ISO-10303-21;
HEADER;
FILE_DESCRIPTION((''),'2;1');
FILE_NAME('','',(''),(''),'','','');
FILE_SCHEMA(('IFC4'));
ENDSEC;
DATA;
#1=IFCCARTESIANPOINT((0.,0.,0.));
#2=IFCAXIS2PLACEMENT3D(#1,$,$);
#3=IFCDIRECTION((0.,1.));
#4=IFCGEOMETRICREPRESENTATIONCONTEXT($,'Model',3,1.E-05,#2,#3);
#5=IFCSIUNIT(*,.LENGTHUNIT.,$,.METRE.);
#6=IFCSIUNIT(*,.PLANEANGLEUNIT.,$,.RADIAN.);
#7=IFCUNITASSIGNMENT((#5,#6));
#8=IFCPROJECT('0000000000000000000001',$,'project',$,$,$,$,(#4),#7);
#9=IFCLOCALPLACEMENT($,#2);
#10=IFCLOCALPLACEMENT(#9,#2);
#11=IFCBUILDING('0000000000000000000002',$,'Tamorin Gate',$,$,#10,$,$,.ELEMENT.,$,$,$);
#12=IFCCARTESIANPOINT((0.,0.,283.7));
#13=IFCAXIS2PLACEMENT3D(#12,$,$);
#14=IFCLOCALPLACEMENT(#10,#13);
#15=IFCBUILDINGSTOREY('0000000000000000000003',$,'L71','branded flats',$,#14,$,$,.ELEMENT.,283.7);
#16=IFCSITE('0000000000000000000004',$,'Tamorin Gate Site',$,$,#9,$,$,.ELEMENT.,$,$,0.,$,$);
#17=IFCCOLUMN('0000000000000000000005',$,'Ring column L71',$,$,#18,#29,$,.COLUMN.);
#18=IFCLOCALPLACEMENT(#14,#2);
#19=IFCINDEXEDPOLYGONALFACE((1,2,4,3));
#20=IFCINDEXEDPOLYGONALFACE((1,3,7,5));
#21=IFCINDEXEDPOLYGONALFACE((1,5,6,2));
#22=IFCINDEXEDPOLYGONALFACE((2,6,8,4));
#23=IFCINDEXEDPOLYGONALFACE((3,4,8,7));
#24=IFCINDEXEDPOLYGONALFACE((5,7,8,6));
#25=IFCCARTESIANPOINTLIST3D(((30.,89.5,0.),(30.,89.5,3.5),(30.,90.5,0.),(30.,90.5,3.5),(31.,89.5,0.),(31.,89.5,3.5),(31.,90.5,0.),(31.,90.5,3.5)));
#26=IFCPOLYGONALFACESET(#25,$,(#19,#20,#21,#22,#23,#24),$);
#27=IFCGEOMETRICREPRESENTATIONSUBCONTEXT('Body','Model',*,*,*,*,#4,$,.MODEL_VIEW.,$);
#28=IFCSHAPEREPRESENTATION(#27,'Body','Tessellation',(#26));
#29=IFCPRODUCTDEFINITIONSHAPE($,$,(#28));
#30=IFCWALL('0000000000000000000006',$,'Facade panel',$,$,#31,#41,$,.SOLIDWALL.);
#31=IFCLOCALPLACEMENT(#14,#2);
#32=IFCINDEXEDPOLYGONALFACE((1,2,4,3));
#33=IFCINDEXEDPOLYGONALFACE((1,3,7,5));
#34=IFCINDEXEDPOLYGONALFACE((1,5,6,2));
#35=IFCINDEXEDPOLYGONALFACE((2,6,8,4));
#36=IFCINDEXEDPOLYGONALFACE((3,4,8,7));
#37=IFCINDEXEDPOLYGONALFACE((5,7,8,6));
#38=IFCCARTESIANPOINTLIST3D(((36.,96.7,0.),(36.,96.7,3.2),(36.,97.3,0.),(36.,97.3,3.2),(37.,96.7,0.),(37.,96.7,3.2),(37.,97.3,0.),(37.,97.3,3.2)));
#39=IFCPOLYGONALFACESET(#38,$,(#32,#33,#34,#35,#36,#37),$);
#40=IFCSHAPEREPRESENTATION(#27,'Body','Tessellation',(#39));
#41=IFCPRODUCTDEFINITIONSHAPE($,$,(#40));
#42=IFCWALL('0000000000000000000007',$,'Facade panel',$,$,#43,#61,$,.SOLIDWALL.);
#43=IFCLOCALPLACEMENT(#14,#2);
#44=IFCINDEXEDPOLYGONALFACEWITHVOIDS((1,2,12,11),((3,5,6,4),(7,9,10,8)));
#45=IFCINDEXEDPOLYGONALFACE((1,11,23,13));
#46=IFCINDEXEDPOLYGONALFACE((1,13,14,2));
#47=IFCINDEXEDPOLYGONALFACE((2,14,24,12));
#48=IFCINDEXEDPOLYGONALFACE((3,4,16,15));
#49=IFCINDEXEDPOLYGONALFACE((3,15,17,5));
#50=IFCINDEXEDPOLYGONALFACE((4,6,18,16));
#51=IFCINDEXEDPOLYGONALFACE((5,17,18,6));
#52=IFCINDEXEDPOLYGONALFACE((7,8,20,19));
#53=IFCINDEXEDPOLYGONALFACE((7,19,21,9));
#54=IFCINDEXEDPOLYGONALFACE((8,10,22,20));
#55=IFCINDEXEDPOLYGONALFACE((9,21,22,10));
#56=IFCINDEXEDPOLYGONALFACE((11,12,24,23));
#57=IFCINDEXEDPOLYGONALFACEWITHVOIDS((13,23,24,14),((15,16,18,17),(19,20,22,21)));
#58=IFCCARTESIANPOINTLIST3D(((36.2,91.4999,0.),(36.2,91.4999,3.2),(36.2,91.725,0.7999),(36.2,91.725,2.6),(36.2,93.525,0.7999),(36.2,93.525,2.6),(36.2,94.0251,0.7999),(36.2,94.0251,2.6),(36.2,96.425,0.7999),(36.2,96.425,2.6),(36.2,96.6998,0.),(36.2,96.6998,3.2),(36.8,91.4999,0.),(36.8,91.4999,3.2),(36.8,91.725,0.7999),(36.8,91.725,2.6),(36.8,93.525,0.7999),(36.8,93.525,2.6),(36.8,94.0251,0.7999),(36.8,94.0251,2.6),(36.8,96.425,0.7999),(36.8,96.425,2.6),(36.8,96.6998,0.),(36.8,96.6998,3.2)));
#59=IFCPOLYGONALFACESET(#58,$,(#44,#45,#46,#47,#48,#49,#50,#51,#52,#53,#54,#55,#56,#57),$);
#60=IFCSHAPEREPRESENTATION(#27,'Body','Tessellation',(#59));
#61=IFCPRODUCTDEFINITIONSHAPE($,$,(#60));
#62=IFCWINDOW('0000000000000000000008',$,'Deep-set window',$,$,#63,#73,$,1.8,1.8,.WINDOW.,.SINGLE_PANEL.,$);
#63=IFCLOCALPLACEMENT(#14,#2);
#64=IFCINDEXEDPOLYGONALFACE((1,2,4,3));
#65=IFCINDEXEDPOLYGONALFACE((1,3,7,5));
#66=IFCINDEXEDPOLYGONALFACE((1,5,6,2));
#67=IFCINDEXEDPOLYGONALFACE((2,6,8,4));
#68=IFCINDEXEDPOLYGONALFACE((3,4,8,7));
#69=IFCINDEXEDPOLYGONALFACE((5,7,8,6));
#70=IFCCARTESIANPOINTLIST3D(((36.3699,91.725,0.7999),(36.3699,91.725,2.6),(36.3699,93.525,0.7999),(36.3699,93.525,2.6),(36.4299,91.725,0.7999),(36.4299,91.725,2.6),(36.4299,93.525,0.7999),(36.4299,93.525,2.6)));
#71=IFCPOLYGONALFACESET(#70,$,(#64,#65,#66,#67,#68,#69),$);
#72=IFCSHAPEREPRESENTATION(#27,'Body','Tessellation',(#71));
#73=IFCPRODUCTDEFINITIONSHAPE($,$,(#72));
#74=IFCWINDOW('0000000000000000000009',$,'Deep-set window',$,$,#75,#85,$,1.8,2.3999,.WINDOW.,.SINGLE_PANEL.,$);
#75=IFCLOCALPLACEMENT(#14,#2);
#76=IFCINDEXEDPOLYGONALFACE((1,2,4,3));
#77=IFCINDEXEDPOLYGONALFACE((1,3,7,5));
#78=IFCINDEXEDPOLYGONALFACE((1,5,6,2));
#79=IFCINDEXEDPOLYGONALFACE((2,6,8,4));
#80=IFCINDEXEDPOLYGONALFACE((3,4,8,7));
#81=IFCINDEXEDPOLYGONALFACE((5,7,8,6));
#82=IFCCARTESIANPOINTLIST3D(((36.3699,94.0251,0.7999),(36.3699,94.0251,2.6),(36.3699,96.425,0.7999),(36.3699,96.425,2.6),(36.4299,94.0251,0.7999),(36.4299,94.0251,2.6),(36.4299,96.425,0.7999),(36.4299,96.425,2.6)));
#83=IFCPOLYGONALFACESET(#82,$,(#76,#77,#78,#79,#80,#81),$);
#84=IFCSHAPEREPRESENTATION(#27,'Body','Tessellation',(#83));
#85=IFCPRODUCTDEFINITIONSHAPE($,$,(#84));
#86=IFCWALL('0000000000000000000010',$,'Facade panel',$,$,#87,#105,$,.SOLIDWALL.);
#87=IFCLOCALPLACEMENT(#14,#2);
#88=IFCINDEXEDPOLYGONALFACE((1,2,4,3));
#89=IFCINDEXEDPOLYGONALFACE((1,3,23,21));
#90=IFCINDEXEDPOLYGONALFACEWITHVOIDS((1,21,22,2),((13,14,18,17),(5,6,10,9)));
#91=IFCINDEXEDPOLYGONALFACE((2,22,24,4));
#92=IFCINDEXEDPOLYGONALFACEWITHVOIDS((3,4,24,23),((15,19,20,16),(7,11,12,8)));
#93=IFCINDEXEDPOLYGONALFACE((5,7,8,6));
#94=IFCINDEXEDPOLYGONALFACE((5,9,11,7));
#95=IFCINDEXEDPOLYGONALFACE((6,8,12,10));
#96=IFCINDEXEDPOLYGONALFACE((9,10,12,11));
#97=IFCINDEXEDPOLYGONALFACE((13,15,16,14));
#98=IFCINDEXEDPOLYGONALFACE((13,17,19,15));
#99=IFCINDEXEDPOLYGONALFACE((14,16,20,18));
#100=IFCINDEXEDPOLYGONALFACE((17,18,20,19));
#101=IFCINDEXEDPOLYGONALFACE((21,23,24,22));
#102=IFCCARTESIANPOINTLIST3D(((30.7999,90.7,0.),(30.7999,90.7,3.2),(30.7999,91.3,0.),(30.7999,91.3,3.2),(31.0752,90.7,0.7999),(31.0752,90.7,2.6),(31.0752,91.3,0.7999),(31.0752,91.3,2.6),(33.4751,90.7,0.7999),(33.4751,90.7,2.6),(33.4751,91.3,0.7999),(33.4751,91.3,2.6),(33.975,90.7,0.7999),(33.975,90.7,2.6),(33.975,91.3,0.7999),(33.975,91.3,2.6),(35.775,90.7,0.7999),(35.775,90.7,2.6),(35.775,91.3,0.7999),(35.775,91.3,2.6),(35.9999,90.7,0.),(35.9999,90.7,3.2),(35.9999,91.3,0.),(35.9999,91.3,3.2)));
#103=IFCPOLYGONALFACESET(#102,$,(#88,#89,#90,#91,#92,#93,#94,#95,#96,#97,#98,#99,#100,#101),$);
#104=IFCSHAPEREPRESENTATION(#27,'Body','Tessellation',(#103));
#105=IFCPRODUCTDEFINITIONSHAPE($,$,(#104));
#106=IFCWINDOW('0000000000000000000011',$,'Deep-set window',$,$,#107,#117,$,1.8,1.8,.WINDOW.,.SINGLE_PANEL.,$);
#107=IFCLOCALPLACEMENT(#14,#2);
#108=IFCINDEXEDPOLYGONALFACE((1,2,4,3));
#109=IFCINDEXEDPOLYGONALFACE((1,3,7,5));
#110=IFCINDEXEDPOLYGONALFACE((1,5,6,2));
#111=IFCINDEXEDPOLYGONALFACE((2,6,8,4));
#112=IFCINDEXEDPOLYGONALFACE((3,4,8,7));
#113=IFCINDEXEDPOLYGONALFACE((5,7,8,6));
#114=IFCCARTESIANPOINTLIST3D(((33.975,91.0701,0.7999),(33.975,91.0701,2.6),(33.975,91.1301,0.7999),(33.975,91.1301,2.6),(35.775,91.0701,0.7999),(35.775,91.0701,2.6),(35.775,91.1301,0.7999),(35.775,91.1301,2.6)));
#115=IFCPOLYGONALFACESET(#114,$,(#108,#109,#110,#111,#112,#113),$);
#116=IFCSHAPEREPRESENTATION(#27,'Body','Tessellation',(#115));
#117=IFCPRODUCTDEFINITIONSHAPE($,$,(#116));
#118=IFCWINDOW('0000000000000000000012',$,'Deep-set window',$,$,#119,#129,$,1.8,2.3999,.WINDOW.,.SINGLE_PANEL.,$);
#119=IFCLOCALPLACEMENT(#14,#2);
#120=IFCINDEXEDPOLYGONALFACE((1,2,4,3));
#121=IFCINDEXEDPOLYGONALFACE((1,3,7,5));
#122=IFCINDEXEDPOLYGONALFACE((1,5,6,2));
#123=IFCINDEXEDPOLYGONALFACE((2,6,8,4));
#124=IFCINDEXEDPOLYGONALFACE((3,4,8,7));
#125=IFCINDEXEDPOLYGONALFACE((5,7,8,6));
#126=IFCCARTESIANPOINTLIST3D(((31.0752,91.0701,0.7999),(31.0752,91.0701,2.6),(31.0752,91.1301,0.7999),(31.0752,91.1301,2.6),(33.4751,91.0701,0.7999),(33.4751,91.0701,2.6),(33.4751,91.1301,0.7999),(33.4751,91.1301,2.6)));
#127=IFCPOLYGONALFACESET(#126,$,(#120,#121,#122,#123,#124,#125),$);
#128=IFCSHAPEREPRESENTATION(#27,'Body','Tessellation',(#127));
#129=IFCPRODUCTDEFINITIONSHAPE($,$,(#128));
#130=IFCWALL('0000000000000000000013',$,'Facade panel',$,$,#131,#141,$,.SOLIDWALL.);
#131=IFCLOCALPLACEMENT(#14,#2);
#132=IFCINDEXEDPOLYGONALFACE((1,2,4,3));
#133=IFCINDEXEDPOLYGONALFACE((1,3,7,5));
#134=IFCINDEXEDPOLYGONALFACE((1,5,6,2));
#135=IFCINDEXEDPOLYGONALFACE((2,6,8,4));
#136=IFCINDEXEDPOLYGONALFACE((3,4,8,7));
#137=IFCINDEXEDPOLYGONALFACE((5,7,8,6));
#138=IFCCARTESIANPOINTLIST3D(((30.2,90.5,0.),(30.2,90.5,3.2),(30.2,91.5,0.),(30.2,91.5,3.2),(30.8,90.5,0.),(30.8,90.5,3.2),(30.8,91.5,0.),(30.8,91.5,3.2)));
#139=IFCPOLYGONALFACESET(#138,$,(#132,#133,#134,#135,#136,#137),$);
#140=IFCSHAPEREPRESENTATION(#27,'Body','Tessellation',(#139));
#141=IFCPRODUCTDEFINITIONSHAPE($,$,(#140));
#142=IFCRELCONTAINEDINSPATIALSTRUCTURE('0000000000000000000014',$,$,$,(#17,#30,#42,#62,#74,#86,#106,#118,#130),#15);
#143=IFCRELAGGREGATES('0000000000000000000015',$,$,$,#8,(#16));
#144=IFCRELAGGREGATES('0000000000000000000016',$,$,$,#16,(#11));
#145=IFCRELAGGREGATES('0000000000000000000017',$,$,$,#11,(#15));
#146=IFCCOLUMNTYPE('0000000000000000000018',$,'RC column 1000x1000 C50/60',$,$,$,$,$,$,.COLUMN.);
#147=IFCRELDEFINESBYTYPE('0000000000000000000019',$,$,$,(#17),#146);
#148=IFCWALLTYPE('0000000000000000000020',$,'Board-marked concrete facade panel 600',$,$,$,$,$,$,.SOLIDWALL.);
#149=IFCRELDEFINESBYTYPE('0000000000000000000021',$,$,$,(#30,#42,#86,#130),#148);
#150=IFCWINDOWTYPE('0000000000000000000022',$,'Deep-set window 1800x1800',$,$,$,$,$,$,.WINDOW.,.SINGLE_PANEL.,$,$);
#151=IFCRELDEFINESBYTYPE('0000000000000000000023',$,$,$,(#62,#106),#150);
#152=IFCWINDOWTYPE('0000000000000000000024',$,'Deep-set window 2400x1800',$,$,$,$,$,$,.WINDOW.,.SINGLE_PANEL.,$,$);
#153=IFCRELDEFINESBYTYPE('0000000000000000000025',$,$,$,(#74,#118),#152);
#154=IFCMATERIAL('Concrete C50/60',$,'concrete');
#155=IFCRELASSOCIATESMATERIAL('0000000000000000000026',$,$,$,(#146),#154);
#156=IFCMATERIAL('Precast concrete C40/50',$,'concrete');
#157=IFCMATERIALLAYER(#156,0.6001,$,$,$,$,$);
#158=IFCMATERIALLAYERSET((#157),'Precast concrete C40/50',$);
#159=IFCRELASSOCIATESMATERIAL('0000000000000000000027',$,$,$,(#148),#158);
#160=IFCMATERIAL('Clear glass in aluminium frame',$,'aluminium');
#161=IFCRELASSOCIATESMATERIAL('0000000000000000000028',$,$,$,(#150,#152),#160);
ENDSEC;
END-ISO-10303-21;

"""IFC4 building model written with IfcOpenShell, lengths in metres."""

from ifc_helpers import new_model, si_unit, direction, frame, frame_2d, origin, origin_2d, place, context, subcontext, project, spatial, rectangle, extrude, material, layer, layer_set, material_profile, profile_set, type_object, element, fill, save


model = new_model("IFC4")

# Units and contexts
model_context = context("Model", 3, precision=1e-05, world=origin(), true_north=direction((0.0, 1.0)))
body_context = subcontext(model_context, "Body", "Model", "MODEL_VIEW")
ifc_project = project(units=[si_unit("LENGTHUNIT", "METRE"), si_unit("PLANEANGLEUNIT", "RADIAN")], contexts=[model_context])

# Site, building, storey
site_placement = place(None, origin())
site = spatial("IfcSite", under=ifc_project, at=site_placement, Name="Tamorin Gate Site", CompositionType="ELEMENT", RefElevation=0.0)
building_placement = place(site_placement, origin())
building = spatial("IfcBuilding", under=site, at=building_placement, Name="Tamorin Gate", CompositionType="ELEMENT")
storey_placement = place(building_placement, frame((0.0, 0.0, 283.7)))
storey = spatial("IfcBuildingStorey", under=building, at=storey_placement, Name="L71", Description="branded flats", CompositionType="ELEMENT", Elevation=283.7)

# Column
ifc_material_1 = material(Name="Concrete C50/60", Category="concrete")
ifc_material_profile = material_profile(ifc_material_1, rectangle(XDim=1.0, YDim=1.0, at=origin_2d()), Name="RC 1000x1000")
ifc_profile_set = profile_set([ifc_material_profile], Name="Concrete C50/60")
column_type = type_object("IfcColumnType", Name="RC column 1000x1000 C50/60", PredefinedType="COLUMN", material=ifc_profile_set)
column_placement = place(storey_placement, frame((30.5, 90.0, 0.0), z_axis=(0.0, 0.0, 1.0), x_axis=(1.0, 0.0, 0.0)))
element("IfcColumn", 1, at=column_placement, inside=storey, type_object=column_type, Name="Ring column L71", PredefinedType="COLUMN", context=body_context, shape_type="SweptSolid", body=[
    extrude(rectangle(XDim=1.0, YDim=1.0, at=origin_2d()), origin(), (0.0, 0.0, 1.0), 3.5),
])

# Wall
ifc_material_2 = material(Name="Precast concrete C40/50", Category="concrete")
ifc_layer_1 = layer(ifc_material_2, 0.6001)
ifc_layer_set_1 = layer_set([ifc_layer_1], Name="Precast concrete C40/50")
wall_type_1 = type_object("IfcWallType", Name="Board-marked concrete facade panel 600", PredefinedType="SOLIDWALL", material=ifc_layer_set_1)
wall_1_placement = place(storey_placement, frame((37.0, 97.0, 0.0), z_axis=(0.0, 0.0, 1.0), x_axis=(-1.0, 0.0, 0.0)))
element("IfcWall", 2, at=wall_1_placement, inside=storey, type_object=wall_type_1, Name="Facade panel", PredefinedType="SOLIDWALL", context=body_context, shape_type="SweptSolid", body=[
    extrude(rectangle(XDim=1.0, YDim=0.6001, at=frame_2d((0.5, 0.0))), origin(), (0.0, 0.0, 1.0), 3.2),
])

# Walls, openings, windows
wall_2_placement = place(storey_placement, frame((36.5, 96.7, 0.0), z_axis=(0.0, 0.0, 1.0), x_axis=(0.0, -1.0, 0.0)))
wall_2 = element("IfcWall", 3, at=wall_2_placement, inside=storey, type_object=wall_type_1, Name="Facade panel", PredefinedType="SOLIDWALL", context=body_context, shape_type="SweptSolid", body=[
    extrude(rectangle(XDim=5.2, YDim=0.6001, at=frame_2d((2.6001, 0.0))), origin(), (0.0, 0.0, 1.0), 3.2),
])
opening_1_placement = place(wall_2_placement, frame((3.175, 0.0, 0.8)))
opening_1 = element("IfcOpeningElement", 4, at=opening_1_placement, cuts=wall_2, PredefinedType="OPENING", context=body_context, shape_type="SweptSolid", body=[
    extrude(rectangle(XDim=1.8, YDim=1.8, at=frame_2d((0.8999, 0.8999))), frame((0.0, 0.3101, 0.0), z_axis=(0.0, -1.0, 0.0), x_axis=(1.0, 0.0, 0.0)), (0.0, 0.0, 1.0), 0.6201),
])
opening_2_placement = place(wall_2_placement, frame((0.2749, 0.0, 0.8)))
opening_2 = element("IfcOpeningElement", 5, at=opening_2_placement, cuts=wall_2, PredefinedType="OPENING", context=body_context, shape_type="SweptSolid", body=[
    extrude(rectangle(XDim=2.3999, YDim=1.8, at=frame_2d((1.2, 0.8999))), frame((0.0, 0.3101, 0.0), z_axis=(0.0, -1.0, 0.0), x_axis=(1.0, 0.0, 0.0)), (0.0, 0.0, 1.0), 0.6201),
])
ifc_material_3 = material(Name="Clear glass in aluminium frame", Category="aluminium")
window_type_1 = type_object("IfcWindowType", Name="Deep-set window 1800x1800", PartitioningType="SINGLE_PANEL", PredefinedType="WINDOW", material=ifc_material_3)
window_1_placement = place(opening_1_placement, origin())
window_1 = element("IfcWindow", 6, at=window_1_placement, inside=storey, type_object=window_type_1, Name="Deep-set window", OverallHeight=1.8, OverallWidth=1.8, PartitioningType="SINGLE_PANEL", PredefinedType="WINDOW", context=body_context, shape_type="SweptSolid", body=[
    extrude(rectangle(XDim=1.8, YDim=1.8, at=frame_2d((0.8999, 0.8999))), frame((0.0, -0.0701, 0.0), z_axis=(0.0, -1.0, 0.0), x_axis=(1.0, 0.0, 0.0)), (0.0, 0.0, 1.0), 0.0601),
])
fill(opening_1, window_1)
window_type_2 = type_object("IfcWindowType", Name="Deep-set window 2400x1800", PartitioningType="SINGLE_PANEL", PredefinedType="WINDOW", material=ifc_material_3)
window_2_placement = place(opening_2_placement, origin())
window_2 = element("IfcWindow", 7, at=window_2_placement, inside=storey, type_object=window_type_2, Name="Deep-set window", OverallHeight=1.8, OverallWidth=2.3999, PartitioningType="SINGLE_PANEL", PredefinedType="WINDOW", context=body_context, shape_type="SweptSolid", body=[
    extrude(rectangle(XDim=2.3999, YDim=1.8, at=frame_2d((1.2, 0.8999))), frame((0.0, -0.0701, 0.0), z_axis=(0.0, -1.0, 0.0), x_axis=(1.0, 0.0, 0.0)), (0.0, 0.0, 1.0), 0.0601),
])
fill(opening_2, window_2)
wall_3_placement = place(storey_placement, frame((36.0, 91.0, 0.0), z_axis=(0.0, 0.0, 1.0), x_axis=(-1.0, 0.0, 0.0)))
wall_3 = element("IfcWall", 8, at=wall_3_placement, inside=storey, type_object=wall_type_1, Name="Facade panel", PredefinedType="SOLIDWALL", context=body_context, shape_type="SweptSolid", body=[
    extrude(rectangle(XDim=5.2, YDim=0.6001, at=frame_2d((2.6001, 0.0))), origin(), (0.0, 0.0, 1.0), 3.2),
])
opening_3_placement = place(wall_3_placement, frame((2.5249, 0.0, 0.8)))
opening_3 = element("IfcOpeningElement", 9, at=opening_3_placement, cuts=wall_3, PredefinedType="OPENING", context=body_context, shape_type="SweptSolid", body=[
    extrude(rectangle(XDim=2.3999, YDim=1.8, at=frame_2d((1.2, 0.8999))), frame((0.0, 0.3101, 0.0), z_axis=(0.0, -1.0, 0.0), x_axis=(1.0, 0.0, 0.0)), (0.0, 0.0, 1.0), 0.6201),
])
opening_4_placement = place(wall_3_placement, frame((0.2251, 0.0, 0.8)))
opening_4 = element("IfcOpeningElement", 10, at=opening_4_placement, cuts=wall_3, PredefinedType="OPENING", context=body_context, shape_type="SweptSolid", body=[
    extrude(rectangle(XDim=1.8, YDim=1.8, at=frame_2d((0.8999, 0.8999))), frame((0.0, 0.3101, 0.0), z_axis=(0.0, -1.0, 0.0), x_axis=(1.0, 0.0, 0.0)), (0.0, 0.0, 1.0), 0.6201),
])
window_3_placement = place(opening_4_placement, origin())
window_3 = element("IfcWindow", 11, at=window_3_placement, inside=storey, type_object=window_type_1, Name="Deep-set window", OverallHeight=1.8, OverallWidth=1.8, PartitioningType="SINGLE_PANEL", PredefinedType="WINDOW", context=body_context, shape_type="SweptSolid", body=[
    extrude(rectangle(XDim=1.8, YDim=1.8, at=frame_2d((0.8999, 0.8999))), frame((0.0, -0.0701, 0.0), z_axis=(0.0, -1.0, 0.0), x_axis=(1.0, 0.0, 0.0)), (0.0, 0.0, 1.0), 0.0601),
])
fill(opening_4, window_3)
window_4_placement = place(opening_3_placement, origin())
window_4 = element("IfcWindow", 12, at=window_4_placement, inside=storey, type_object=window_type_2, Name="Deep-set window", OverallHeight=1.8, OverallWidth=2.3999, PartitioningType="SINGLE_PANEL", PredefinedType="WINDOW", context=body_context, shape_type="SweptSolid", body=[
    extrude(rectangle(XDim=2.3999, YDim=1.8, at=frame_2d((1.2, 0.8999))), frame((0.0, -0.0701, 0.0), z_axis=(0.0, -1.0, 0.0), x_axis=(1.0, 0.0, 0.0)), (0.0, 0.0, 1.0), 0.0601),
])
fill(opening_3, window_4)

# Wall
wall_4_placement = place(storey_placement, frame((30.5, 91.5, 0.0), z_axis=(0.0, 0.0, 1.0), x_axis=(0.0, -1.0, 0.0)))
element("IfcWall", 13, at=wall_4_placement, inside=storey, type_object=wall_type_1, Name="Facade panel", PredefinedType="SOLIDWALL", context=body_context, shape_type="SweptSolid", body=[
    extrude(rectangle(XDim=1.0, YDim=0.6001, at=frame_2d((0.5, 0.0))), origin(), (0.0, 0.0, 1.0), 3.2),
])

save(model, "model.ifc")
